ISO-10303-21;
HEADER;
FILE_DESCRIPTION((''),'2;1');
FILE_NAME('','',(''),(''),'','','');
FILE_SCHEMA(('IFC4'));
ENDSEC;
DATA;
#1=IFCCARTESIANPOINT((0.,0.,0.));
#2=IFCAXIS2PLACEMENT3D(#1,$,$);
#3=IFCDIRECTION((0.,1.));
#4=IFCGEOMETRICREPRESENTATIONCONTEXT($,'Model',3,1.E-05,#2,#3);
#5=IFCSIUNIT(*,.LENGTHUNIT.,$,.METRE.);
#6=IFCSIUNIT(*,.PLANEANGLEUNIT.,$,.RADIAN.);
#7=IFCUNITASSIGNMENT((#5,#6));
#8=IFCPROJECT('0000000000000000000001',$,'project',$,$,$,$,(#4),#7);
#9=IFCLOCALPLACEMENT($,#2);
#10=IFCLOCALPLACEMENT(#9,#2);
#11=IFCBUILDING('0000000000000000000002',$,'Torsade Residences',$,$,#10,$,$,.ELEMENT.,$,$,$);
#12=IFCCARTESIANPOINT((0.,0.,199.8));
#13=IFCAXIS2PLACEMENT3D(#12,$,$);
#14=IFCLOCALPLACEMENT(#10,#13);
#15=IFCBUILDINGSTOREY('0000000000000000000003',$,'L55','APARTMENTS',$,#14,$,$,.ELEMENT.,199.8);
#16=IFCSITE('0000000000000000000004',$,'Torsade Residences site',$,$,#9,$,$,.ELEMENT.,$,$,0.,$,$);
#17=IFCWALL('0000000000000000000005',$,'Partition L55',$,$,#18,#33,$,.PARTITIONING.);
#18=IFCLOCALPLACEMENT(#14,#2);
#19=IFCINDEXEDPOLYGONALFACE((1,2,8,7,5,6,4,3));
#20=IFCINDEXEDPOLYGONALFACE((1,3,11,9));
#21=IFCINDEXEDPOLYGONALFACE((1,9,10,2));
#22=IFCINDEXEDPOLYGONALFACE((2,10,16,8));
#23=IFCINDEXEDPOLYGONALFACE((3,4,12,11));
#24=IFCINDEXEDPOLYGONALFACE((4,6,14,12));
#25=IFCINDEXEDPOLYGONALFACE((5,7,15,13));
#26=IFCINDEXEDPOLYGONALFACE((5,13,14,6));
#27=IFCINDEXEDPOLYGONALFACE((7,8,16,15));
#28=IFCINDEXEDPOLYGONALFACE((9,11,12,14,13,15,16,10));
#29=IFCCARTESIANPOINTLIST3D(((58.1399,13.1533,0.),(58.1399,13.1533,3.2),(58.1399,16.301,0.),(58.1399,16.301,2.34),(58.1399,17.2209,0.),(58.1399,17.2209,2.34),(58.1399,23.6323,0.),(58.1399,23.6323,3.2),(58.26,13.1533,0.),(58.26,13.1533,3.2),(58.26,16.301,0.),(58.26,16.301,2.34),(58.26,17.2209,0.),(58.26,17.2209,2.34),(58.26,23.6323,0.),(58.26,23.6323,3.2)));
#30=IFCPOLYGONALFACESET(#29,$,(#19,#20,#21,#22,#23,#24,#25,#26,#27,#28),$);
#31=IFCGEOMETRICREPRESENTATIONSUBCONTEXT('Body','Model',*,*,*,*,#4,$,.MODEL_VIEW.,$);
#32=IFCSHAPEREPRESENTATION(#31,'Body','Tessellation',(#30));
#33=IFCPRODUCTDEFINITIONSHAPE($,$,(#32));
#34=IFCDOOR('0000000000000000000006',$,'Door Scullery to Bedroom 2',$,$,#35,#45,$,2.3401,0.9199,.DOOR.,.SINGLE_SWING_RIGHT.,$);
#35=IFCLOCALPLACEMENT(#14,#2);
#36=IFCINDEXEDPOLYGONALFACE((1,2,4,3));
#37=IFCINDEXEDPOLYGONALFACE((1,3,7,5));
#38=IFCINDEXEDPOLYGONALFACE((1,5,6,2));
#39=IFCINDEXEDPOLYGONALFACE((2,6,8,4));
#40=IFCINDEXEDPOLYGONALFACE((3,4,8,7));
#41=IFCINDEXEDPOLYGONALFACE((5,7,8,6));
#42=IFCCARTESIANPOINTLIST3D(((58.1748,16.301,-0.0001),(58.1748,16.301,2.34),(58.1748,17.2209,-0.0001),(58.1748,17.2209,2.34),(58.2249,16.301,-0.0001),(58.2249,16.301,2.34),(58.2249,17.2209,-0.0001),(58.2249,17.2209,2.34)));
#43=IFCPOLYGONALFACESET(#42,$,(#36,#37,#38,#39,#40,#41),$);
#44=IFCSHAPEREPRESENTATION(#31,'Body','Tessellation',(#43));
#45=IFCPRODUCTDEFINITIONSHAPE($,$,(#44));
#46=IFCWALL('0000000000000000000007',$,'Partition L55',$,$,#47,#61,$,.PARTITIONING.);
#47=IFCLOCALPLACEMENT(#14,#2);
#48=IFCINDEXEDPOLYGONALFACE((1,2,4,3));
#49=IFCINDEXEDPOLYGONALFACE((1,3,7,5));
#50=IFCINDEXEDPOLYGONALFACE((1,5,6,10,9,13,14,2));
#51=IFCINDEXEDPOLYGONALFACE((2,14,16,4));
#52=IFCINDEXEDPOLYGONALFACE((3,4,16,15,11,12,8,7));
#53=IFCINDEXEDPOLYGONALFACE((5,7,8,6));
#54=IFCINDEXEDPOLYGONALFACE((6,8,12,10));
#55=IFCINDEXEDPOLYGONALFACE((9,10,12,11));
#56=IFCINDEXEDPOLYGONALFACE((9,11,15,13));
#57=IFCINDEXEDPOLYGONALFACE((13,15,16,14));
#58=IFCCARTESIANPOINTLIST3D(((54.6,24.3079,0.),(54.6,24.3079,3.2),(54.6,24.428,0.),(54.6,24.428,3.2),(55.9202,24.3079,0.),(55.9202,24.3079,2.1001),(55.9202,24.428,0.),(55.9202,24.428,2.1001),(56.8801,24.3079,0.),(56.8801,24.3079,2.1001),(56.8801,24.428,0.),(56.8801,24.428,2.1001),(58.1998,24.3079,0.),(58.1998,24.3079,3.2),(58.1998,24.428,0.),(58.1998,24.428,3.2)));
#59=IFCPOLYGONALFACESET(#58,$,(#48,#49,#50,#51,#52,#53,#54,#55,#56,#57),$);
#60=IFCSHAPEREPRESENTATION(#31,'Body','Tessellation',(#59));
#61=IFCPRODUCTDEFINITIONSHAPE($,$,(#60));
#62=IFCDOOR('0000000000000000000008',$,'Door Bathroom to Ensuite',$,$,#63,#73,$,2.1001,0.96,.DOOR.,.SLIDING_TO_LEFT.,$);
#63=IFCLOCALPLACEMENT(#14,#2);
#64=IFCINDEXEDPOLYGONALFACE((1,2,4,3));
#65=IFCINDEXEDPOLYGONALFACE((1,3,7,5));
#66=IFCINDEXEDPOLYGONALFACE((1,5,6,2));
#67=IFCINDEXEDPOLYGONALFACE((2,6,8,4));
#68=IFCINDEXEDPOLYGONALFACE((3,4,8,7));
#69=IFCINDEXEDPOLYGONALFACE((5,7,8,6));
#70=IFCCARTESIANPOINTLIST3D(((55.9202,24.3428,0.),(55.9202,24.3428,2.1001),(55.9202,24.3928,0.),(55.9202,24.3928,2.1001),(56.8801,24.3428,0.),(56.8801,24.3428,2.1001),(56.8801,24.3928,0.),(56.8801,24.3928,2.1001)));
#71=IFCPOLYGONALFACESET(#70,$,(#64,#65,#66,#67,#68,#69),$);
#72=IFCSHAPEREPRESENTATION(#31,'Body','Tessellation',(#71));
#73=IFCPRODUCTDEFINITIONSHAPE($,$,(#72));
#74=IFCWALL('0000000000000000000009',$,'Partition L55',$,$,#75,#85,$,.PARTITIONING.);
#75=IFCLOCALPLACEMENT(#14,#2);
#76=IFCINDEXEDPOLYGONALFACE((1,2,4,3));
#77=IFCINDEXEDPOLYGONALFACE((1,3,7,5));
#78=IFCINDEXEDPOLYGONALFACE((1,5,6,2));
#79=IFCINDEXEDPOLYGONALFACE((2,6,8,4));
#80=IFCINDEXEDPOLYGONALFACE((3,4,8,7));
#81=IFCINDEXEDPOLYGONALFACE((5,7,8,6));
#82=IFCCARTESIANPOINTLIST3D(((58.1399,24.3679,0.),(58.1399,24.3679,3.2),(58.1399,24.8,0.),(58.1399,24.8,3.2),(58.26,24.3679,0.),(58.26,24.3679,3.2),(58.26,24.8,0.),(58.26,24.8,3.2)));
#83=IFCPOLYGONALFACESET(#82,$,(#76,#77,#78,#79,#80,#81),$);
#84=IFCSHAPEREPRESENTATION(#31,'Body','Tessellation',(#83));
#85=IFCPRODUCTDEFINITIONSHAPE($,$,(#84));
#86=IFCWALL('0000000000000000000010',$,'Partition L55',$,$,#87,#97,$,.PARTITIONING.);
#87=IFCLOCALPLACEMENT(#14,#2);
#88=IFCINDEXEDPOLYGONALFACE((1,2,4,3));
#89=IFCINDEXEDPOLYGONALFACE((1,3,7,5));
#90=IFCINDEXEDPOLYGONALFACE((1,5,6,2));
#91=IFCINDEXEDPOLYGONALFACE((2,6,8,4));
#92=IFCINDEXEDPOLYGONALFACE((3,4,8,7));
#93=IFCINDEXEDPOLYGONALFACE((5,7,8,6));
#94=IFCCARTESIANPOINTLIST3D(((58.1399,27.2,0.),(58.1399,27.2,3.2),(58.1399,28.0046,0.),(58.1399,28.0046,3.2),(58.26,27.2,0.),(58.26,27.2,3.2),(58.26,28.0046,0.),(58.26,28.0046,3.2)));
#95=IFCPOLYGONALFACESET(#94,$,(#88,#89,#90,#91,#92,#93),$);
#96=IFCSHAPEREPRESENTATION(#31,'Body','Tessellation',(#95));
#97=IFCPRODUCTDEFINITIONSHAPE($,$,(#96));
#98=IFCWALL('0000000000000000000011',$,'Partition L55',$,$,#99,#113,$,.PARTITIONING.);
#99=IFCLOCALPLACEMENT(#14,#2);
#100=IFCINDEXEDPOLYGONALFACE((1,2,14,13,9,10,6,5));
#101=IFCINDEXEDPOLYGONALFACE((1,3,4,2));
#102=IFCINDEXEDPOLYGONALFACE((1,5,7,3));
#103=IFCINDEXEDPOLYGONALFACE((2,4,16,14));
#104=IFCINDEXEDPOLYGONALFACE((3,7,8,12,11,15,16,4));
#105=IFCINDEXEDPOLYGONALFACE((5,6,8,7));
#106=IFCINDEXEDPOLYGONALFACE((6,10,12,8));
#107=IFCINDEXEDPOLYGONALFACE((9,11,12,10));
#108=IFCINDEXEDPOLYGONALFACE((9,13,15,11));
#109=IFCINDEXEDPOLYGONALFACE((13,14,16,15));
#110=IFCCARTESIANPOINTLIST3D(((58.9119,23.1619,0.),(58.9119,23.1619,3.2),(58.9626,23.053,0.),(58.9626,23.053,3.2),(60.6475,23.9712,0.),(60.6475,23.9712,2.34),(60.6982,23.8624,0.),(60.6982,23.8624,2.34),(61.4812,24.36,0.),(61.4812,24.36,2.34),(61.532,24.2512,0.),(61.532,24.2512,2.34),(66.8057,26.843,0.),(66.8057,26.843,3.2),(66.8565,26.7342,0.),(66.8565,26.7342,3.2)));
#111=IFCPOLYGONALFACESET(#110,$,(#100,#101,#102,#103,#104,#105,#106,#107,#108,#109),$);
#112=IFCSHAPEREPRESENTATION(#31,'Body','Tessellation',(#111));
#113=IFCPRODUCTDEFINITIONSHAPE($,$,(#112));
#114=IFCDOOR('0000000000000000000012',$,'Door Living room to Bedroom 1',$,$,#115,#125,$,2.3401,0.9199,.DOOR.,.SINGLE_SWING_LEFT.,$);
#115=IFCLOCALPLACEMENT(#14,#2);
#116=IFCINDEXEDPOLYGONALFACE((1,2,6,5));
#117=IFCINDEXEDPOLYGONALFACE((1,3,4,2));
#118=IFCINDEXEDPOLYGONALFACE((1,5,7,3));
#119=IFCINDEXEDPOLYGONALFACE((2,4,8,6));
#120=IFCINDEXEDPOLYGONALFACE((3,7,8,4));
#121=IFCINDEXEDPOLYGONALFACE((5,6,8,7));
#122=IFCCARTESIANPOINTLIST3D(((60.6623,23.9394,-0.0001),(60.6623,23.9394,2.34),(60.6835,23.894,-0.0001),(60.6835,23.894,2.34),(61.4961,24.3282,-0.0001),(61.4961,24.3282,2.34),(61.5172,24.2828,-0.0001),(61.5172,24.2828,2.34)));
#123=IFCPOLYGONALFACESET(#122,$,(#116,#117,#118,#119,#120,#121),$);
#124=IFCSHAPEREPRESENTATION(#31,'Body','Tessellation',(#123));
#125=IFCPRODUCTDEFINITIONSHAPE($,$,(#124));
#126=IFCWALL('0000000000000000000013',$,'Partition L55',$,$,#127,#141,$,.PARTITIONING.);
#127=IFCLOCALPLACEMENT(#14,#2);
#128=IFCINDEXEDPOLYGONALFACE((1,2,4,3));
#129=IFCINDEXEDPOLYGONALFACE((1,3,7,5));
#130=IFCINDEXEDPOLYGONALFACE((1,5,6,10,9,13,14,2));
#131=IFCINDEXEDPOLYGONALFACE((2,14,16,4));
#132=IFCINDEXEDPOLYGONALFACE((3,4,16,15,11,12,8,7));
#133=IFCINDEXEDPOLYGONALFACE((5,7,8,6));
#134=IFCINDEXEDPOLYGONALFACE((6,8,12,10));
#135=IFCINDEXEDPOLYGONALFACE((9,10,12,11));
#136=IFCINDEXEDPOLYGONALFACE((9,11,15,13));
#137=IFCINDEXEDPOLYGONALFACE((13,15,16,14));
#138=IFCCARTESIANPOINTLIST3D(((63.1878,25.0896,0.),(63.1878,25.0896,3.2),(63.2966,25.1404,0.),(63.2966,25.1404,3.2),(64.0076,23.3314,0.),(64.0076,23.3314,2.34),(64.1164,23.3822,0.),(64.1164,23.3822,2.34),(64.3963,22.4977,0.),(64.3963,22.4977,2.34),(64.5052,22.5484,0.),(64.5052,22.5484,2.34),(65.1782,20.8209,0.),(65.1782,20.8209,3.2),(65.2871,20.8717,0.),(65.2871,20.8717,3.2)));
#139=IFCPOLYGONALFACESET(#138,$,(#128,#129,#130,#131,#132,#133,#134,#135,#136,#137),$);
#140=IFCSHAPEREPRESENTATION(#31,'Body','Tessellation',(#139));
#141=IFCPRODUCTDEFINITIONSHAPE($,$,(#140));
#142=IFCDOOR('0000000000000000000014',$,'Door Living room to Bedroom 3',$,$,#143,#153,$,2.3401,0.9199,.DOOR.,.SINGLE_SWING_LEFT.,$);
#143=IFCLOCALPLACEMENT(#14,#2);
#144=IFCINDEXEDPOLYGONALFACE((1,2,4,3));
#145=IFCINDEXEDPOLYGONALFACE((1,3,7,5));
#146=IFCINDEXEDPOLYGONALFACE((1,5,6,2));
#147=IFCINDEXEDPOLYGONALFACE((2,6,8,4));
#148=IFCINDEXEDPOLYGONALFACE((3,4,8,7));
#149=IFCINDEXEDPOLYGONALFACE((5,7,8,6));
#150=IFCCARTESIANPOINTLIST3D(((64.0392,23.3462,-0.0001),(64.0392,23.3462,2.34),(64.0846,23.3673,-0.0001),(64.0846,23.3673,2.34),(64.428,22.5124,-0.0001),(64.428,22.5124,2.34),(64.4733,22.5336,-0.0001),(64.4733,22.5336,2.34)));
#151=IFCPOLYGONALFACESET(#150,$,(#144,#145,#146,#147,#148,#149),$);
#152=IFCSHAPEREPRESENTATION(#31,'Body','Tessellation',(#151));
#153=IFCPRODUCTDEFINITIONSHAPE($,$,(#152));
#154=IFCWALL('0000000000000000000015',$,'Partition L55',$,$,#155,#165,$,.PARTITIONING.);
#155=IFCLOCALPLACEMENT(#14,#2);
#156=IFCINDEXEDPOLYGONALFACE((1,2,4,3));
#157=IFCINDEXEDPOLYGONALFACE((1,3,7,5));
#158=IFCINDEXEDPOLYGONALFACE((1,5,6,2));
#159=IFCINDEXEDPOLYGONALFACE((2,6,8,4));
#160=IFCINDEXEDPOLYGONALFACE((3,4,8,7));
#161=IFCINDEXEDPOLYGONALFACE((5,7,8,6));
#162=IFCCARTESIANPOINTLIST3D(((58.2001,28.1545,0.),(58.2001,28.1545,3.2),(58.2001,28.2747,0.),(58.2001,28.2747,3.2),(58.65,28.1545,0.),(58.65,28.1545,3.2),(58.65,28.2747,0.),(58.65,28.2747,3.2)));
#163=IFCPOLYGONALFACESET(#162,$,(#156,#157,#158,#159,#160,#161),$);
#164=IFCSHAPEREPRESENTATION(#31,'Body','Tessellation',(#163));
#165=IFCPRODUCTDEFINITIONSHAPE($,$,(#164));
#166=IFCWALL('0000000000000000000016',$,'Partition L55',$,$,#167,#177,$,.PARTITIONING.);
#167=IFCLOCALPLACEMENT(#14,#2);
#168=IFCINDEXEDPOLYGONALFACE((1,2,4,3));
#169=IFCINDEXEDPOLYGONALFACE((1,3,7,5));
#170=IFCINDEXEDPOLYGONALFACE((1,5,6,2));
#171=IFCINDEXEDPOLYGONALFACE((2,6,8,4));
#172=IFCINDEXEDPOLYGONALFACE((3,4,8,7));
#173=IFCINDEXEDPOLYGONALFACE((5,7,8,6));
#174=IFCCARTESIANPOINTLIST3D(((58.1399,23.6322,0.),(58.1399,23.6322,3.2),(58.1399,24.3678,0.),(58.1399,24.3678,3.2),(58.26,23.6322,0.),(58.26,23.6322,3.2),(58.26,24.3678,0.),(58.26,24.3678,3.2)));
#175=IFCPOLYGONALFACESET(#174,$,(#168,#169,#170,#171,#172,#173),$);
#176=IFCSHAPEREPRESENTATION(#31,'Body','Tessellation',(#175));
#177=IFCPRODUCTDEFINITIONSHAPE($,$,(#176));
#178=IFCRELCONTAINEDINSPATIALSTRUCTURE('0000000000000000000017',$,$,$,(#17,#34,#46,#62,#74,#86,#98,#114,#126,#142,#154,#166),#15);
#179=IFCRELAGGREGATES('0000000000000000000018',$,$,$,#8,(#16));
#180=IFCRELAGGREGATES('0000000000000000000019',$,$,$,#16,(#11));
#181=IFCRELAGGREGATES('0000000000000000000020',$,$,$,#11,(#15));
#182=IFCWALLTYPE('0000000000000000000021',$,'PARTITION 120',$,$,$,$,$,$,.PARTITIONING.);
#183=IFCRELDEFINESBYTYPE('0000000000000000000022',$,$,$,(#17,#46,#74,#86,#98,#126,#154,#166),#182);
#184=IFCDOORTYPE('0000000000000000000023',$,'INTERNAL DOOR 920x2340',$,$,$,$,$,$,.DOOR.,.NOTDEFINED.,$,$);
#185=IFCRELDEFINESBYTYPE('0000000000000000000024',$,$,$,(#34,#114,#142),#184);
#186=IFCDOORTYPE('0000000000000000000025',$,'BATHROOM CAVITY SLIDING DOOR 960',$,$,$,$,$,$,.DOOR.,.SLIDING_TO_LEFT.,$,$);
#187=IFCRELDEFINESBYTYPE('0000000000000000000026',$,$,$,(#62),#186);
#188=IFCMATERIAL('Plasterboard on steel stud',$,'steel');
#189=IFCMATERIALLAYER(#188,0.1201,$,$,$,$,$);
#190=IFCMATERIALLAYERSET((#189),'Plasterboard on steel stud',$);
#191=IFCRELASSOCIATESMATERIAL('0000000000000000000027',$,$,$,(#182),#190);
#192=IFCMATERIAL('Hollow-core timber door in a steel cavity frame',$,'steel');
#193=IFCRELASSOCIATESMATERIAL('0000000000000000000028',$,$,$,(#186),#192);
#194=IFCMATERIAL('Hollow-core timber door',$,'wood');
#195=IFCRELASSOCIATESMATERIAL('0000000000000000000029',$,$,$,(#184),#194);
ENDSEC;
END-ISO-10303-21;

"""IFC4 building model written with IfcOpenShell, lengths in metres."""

from ifc_helpers import new_model, si_unit, direction, frame, frame_2d, origin, place, context, subcontext, project, spatial, rectangle, extrude, material, layer, layer_set, type_object, element, fill, save


model = new_model("IFC4")

# Units and contexts
model_context = context("Model", 3, precision=1e-05, world=origin(), true_north=direction((0.0, 1.0)))
body_context = subcontext(model_context, "Body", "Model", "MODEL_VIEW")
ifc_project = project(units=[si_unit("LENGTHUNIT", "METRE"), si_unit("PLANEANGLEUNIT", "RADIAN")], contexts=[model_context])

# Site, building, storey
site_placement = place(None, origin())
site = spatial("IfcSite", under=ifc_project, at=site_placement, Name="Torsade Residences site", CompositionType="ELEMENT", RefElevation=0.0)
building_placement = place(site_placement, origin())
building = spatial("IfcBuilding", under=site, at=building_placement, Name="Torsade Residences", CompositionType="ELEMENT")
storey_placement = place(building_placement, frame((0.0, 0.0, 199.8)))
storey = spatial("IfcBuildingStorey", under=building, at=storey_placement, Name="L55", Description="APARTMENTS", CompositionType="ELEMENT", Elevation=199.8)

# Walls, openings, doors
ifc_material_1 = material(Name="Plasterboard on steel stud", Category="steel")
ifc_layer = layer(ifc_material_1, 0.1201)
ifc_layer_set = layer_set([ifc_layer], Name="Plasterboard on steel stud")
wall_type = type_object("IfcWallType", Name="PARTITION 120", PredefinedType="PARTITIONING", material=ifc_layer_set)
ifc_material_2 = material(Name="Hollow-core timber door in a steel cavity frame", Category="steel")
door_type_1 = type_object("IfcDoorType", Name="BATHROOM CAVITY SLIDING DOOR 960", OperationType="SLIDING_TO_LEFT", PredefinedType="DOOR", material=ifc_material_2)
wall_1_placement = place(storey_placement, frame((58.2, 23.6323, 0.0), z_axis=(0.0, 0.0, 1.0), x_axis=(0.0, -1.0, 0.0)))
wall_1 = element("IfcWall", 1, at=wall_1_placement, inside=storey, type_object=wall_type, Name="Partition L55", PredefinedType="PARTITIONING", context=body_context, shape_type="SweptSolid", body=[
    extrude(rectangle(XDim=10.479, YDim=0.1201, at=frame_2d((5.2395, 0.0))), origin(), (0.0, 0.0, 1.0), 3.2),
])
opening_1_placement = place(wall_1_placement, frame((6.4114, 0.0, 0.0)))
opening_1 = element("IfcOpeningElement", 2, at=opening_1_placement, cuts=wall_1, PredefinedType="OPENING", context=body_context, shape_type="SweptSolid", body=[
    extrude(rectangle(XDim=0.9199, YDim=2.3401, at=frame_2d((0.46, 1.1699))), frame((0.0, 0.0701, 0.0), z_axis=(0.0, -1.0, 0.0), x_axis=(1.0, 0.0, 0.0)), (0.0, 0.0, 1.0), 0.1401),
])
ifc_material_3 = material(Name="Hollow-core timber door", Category="wood")
door_type_2 = type_object("IfcDoorType", Name="INTERNAL DOOR 920x2340", OperationType="NOTDEFINED", PredefinedType="DOOR", material=ifc_material_3)
door_1_placement = place(opening_1_placement, origin())
door_1 = element("IfcDoor", 3, at=door_1_placement, inside=storey, type_object=door_type_2, Name="Door Scullery to Bedroom 2", OperationType="SINGLE_SWING_RIGHT", OverallHeight=2.3401, OverallWidth=0.9199, PredefinedType="DOOR", context=body_context, shape_type="SweptSolid", body=[
    extrude(rectangle(XDim=0.9199, YDim=2.3401, at=frame_2d((0.46, 1.1699))), frame((0.0, 0.0249, 0.0), z_axis=(0.0, -1.0, 0.0), x_axis=(1.0, 0.0, 0.0)), (0.0, 0.0, 1.0), 0.05),
])
fill(opening_1, door_1)
wall_2_placement = place(storey_placement, frame((54.6001, 24.3679, 0.0), z_axis=(0.0, 0.0, 1.0), x_axis=(1.0, 0.0, 0.0)))
wall_2 = element("IfcWall", 4, at=wall_2_placement, inside=storey, type_object=wall_type, Name="Partition L55", PredefinedType="PARTITIONING", context=body_context, shape_type="SweptSolid", body=[
    extrude(rectangle(XDim=3.5999, YDim=0.1201, at=frame_2d((1.7998, 0.0))), origin(), (0.0, 0.0, 1.0), 3.2),
])
opening_2_placement = place(wall_2_placement, frame((1.3201, 0.0, 0.0)))
opening_2 = element("IfcOpeningElement", 5, at=opening_2_placement, cuts=wall_2, PredefinedType="OPENING", context=body_context, shape_type="SweptSolid", body=[
    extrude(rectangle(XDim=0.96, YDim=2.1001, at=frame_2d((0.48, 1.05))), frame((0.0, 0.0701, 0.0), z_axis=(0.0, -1.0, 0.0), x_axis=(1.0, 0.0, 0.0)), (0.0, 0.0, 1.0), 0.1401),
])
door_2_placement = place(opening_2_placement, origin())
door_2 = element("IfcDoor", 6, at=door_2_placement, inside=storey, type_object=door_type_1, Name="Door Bathroom to Ensuite", OperationType="SLIDING_TO_LEFT", OverallHeight=2.1001, OverallWidth=0.96, PredefinedType="DOOR", context=body_context, shape_type="SweptSolid", body=[
    extrude(rectangle(XDim=0.96, YDim=2.1001, at=frame_2d((0.48, 1.05))), frame((0.0, 0.0249, 0.0), z_axis=(0.0, -1.0, 0.0), x_axis=(1.0, 0.0, 0.0)), (0.0, 0.0, 1.0), 0.05),
])
fill(opening_2, door_2)

# Walls
wall_3_placement = place(storey_placement, frame((58.2, 24.8, 0.0), z_axis=(0.0, 0.0, 1.0), x_axis=(0.0, -1.0, 0.0)))
element("IfcWall", 7, at=wall_3_placement, inside=storey, type_object=wall_type, Name="Partition L55", PredefinedType="PARTITIONING", context=body_context, shape_type="SweptSolid", body=[
    extrude(rectangle(XDim=0.4321, YDim=0.1201, at=frame_2d((0.2161, 0.0))), origin(), (0.0, 0.0, 1.0), 3.2),
])
wall_4_placement = place(storey_placement, frame((58.2, 28.0046, 0.0), z_axis=(0.0, 0.0, 1.0), x_axis=(0.0, -1.0, 0.0)))
element("IfcWall", 8, at=wall_4_placement, inside=storey, type_object=wall_type, Name="Partition L55", PredefinedType="PARTITIONING", context=body_context, shape_type="SweptSolid", body=[
    extrude(rectangle(XDim=0.8047, YDim=0.1201, at=frame_2d((0.4023, 0.0))), origin(), (0.0, 0.0, 1.0), 3.2),
])

# Walls, openings, doors
wall_5_placement = place(storey_placement, frame((58.9373, 23.1074, 0.0), z_axis=(0.0, 0.0, 1.0), x_axis=(0.906298, 0.422638, 0.0)))
wall_5 = element("IfcWall", 9, at=wall_5_placement, inside=storey, type_object=wall_type, Name="Partition L55", PredefinedType="PARTITIONING", context=body_context, shape_type="SweptSolid", body=[
    extrude(rectangle(XDim=8.71, YDim=0.1201, at=frame_2d((4.355, 0.0))), origin(), (0.0, 0.0, 1.0), 3.2),
])
opening_3_placement = place(wall_5_placement, frame((1.915, 0.0, 0.0)))
opening_3 = element("IfcOpeningElement", 10, at=opening_3_placement, cuts=wall_5, PredefinedType="OPENING", context=body_context, shape_type="SweptSolid", body=[
    extrude(rectangle(XDim=0.9199, YDim=2.3401, at=frame_2d((0.46, 1.1699))), frame((0.0, 0.0701, 0.0), z_axis=(0.0, -1.0, 0.0), x_axis=(1.0, 0.0, 0.0)), (0.0, 0.0, 1.0), 0.1401),
])
door_3_placement = place(opening_3_placement, origin())
door_3 = element("IfcDoor", 11, at=door_3_placement, inside=storey, type_object=door_type_2, Name="Door Living room to Bedroom 1", OperationType="SINGLE_SWING_LEFT", OverallHeight=2.3401, OverallWidth=0.9199, PredefinedType="DOOR", context=body_context, shape_type="SweptSolid", body=[
    extrude(rectangle(XDim=0.9199, YDim=2.3401, at=frame_2d((0.46, 1.1699))), frame((0.0, 0.0249, 0.0), z_axis=(0.0, -1.0, 0.0), x_axis=(1.0, 0.0, 0.0)), (0.0, 0.0, 1.0), 0.05),
])
fill(opening_3, door_3)
wall_6_placement = place(storey_placement, frame((63.2422, 25.115, 0.0), z_axis=(0.0, 0.0, 1.0), x_axis=(0.422602, -0.906316, 0.0)))
wall_6 = element("IfcWall", 12, at=wall_6_placement, inside=storey, type_object=wall_type, Name="Partition L55", PredefinedType="PARTITIONING", context=body_context, shape_type="SweptSolid", body=[
    extrude(rectangle(XDim=4.71, YDim=0.1201, at=frame_2d((2.355, 0.0))), origin(), (0.0, 0.0, 1.0), 3.2),
])
opening_4_placement = place(wall_6_placement, frame((1.9399, 0.0, 0.0)))
opening_4 = element("IfcOpeningElement", 13, at=opening_4_placement, cuts=wall_6, PredefinedType="OPENING", context=body_context, shape_type="SweptSolid", body=[
    extrude(rectangle(XDim=0.9199, YDim=2.3401, at=frame_2d((0.46, 1.1699))), frame((0.0, 0.0701, 0.0), z_axis=(0.0, -1.0, 0.0), x_axis=(1.0, 0.0, 0.0)), (0.0, 0.0, 1.0), 0.1401),
])
door_4_placement = place(opening_4_placement, origin())
door_4 = element("IfcDoor", 14, at=door_4_placement, inside=storey, type_object=door_type_2, Name="Door Living room to Bedroom 3", OperationType="SINGLE_SWING_LEFT", OverallHeight=2.3401, OverallWidth=0.9199, PredefinedType="DOOR", context=body_context, shape_type="SweptSolid", body=[
    extrude(rectangle(XDim=0.9199, YDim=2.3401, at=frame_2d((0.46, 1.1699))), frame((0.0, 0.0249, 0.0), z_axis=(0.0, -1.0, 0.0), x_axis=(1.0, 0.0, 0.0)), (0.0, 0.0, 1.0), 0.05),
])
fill(opening_4, door_4)

# Walls
wall_7_placement = place(storey_placement, frame((58.2, 28.2146, 0.0), z_axis=(0.0, 0.0, 1.0), x_axis=(1.0, 0.0, 0.0)))
element("IfcWall", 15, at=wall_7_placement, inside=storey, type_object=wall_type, Name="Partition L55", PredefinedType="PARTITIONING", context=body_context, shape_type="SweptSolid", body=[
    extrude(rectangle(XDim=0.45, YDim=0.1201, at=frame_2d((0.2251, 0.0))), origin(), (0.0, 0.0, 1.0), 3.2),
])
wall_8_placement = place(storey_placement, frame((58.2, 23.6323, 0.0), z_axis=(0.0, 0.0, 1.0), x_axis=(0.0, 1.0, 0.0)))
element("IfcWall", 16, at=wall_8_placement, inside=storey, type_object=wall_type, Name="Partition L55", PredefinedType="PARTITIONING", context=body_context, shape_type="SweptSolid", body=[
    extrude(rectangle(XDim=0.7356, YDim=0.1201, at=frame_2d((0.3677, 0.0))), origin(), (0.0, 0.0, 1.0), 3.2),
])

save(model, "model.ifc")
